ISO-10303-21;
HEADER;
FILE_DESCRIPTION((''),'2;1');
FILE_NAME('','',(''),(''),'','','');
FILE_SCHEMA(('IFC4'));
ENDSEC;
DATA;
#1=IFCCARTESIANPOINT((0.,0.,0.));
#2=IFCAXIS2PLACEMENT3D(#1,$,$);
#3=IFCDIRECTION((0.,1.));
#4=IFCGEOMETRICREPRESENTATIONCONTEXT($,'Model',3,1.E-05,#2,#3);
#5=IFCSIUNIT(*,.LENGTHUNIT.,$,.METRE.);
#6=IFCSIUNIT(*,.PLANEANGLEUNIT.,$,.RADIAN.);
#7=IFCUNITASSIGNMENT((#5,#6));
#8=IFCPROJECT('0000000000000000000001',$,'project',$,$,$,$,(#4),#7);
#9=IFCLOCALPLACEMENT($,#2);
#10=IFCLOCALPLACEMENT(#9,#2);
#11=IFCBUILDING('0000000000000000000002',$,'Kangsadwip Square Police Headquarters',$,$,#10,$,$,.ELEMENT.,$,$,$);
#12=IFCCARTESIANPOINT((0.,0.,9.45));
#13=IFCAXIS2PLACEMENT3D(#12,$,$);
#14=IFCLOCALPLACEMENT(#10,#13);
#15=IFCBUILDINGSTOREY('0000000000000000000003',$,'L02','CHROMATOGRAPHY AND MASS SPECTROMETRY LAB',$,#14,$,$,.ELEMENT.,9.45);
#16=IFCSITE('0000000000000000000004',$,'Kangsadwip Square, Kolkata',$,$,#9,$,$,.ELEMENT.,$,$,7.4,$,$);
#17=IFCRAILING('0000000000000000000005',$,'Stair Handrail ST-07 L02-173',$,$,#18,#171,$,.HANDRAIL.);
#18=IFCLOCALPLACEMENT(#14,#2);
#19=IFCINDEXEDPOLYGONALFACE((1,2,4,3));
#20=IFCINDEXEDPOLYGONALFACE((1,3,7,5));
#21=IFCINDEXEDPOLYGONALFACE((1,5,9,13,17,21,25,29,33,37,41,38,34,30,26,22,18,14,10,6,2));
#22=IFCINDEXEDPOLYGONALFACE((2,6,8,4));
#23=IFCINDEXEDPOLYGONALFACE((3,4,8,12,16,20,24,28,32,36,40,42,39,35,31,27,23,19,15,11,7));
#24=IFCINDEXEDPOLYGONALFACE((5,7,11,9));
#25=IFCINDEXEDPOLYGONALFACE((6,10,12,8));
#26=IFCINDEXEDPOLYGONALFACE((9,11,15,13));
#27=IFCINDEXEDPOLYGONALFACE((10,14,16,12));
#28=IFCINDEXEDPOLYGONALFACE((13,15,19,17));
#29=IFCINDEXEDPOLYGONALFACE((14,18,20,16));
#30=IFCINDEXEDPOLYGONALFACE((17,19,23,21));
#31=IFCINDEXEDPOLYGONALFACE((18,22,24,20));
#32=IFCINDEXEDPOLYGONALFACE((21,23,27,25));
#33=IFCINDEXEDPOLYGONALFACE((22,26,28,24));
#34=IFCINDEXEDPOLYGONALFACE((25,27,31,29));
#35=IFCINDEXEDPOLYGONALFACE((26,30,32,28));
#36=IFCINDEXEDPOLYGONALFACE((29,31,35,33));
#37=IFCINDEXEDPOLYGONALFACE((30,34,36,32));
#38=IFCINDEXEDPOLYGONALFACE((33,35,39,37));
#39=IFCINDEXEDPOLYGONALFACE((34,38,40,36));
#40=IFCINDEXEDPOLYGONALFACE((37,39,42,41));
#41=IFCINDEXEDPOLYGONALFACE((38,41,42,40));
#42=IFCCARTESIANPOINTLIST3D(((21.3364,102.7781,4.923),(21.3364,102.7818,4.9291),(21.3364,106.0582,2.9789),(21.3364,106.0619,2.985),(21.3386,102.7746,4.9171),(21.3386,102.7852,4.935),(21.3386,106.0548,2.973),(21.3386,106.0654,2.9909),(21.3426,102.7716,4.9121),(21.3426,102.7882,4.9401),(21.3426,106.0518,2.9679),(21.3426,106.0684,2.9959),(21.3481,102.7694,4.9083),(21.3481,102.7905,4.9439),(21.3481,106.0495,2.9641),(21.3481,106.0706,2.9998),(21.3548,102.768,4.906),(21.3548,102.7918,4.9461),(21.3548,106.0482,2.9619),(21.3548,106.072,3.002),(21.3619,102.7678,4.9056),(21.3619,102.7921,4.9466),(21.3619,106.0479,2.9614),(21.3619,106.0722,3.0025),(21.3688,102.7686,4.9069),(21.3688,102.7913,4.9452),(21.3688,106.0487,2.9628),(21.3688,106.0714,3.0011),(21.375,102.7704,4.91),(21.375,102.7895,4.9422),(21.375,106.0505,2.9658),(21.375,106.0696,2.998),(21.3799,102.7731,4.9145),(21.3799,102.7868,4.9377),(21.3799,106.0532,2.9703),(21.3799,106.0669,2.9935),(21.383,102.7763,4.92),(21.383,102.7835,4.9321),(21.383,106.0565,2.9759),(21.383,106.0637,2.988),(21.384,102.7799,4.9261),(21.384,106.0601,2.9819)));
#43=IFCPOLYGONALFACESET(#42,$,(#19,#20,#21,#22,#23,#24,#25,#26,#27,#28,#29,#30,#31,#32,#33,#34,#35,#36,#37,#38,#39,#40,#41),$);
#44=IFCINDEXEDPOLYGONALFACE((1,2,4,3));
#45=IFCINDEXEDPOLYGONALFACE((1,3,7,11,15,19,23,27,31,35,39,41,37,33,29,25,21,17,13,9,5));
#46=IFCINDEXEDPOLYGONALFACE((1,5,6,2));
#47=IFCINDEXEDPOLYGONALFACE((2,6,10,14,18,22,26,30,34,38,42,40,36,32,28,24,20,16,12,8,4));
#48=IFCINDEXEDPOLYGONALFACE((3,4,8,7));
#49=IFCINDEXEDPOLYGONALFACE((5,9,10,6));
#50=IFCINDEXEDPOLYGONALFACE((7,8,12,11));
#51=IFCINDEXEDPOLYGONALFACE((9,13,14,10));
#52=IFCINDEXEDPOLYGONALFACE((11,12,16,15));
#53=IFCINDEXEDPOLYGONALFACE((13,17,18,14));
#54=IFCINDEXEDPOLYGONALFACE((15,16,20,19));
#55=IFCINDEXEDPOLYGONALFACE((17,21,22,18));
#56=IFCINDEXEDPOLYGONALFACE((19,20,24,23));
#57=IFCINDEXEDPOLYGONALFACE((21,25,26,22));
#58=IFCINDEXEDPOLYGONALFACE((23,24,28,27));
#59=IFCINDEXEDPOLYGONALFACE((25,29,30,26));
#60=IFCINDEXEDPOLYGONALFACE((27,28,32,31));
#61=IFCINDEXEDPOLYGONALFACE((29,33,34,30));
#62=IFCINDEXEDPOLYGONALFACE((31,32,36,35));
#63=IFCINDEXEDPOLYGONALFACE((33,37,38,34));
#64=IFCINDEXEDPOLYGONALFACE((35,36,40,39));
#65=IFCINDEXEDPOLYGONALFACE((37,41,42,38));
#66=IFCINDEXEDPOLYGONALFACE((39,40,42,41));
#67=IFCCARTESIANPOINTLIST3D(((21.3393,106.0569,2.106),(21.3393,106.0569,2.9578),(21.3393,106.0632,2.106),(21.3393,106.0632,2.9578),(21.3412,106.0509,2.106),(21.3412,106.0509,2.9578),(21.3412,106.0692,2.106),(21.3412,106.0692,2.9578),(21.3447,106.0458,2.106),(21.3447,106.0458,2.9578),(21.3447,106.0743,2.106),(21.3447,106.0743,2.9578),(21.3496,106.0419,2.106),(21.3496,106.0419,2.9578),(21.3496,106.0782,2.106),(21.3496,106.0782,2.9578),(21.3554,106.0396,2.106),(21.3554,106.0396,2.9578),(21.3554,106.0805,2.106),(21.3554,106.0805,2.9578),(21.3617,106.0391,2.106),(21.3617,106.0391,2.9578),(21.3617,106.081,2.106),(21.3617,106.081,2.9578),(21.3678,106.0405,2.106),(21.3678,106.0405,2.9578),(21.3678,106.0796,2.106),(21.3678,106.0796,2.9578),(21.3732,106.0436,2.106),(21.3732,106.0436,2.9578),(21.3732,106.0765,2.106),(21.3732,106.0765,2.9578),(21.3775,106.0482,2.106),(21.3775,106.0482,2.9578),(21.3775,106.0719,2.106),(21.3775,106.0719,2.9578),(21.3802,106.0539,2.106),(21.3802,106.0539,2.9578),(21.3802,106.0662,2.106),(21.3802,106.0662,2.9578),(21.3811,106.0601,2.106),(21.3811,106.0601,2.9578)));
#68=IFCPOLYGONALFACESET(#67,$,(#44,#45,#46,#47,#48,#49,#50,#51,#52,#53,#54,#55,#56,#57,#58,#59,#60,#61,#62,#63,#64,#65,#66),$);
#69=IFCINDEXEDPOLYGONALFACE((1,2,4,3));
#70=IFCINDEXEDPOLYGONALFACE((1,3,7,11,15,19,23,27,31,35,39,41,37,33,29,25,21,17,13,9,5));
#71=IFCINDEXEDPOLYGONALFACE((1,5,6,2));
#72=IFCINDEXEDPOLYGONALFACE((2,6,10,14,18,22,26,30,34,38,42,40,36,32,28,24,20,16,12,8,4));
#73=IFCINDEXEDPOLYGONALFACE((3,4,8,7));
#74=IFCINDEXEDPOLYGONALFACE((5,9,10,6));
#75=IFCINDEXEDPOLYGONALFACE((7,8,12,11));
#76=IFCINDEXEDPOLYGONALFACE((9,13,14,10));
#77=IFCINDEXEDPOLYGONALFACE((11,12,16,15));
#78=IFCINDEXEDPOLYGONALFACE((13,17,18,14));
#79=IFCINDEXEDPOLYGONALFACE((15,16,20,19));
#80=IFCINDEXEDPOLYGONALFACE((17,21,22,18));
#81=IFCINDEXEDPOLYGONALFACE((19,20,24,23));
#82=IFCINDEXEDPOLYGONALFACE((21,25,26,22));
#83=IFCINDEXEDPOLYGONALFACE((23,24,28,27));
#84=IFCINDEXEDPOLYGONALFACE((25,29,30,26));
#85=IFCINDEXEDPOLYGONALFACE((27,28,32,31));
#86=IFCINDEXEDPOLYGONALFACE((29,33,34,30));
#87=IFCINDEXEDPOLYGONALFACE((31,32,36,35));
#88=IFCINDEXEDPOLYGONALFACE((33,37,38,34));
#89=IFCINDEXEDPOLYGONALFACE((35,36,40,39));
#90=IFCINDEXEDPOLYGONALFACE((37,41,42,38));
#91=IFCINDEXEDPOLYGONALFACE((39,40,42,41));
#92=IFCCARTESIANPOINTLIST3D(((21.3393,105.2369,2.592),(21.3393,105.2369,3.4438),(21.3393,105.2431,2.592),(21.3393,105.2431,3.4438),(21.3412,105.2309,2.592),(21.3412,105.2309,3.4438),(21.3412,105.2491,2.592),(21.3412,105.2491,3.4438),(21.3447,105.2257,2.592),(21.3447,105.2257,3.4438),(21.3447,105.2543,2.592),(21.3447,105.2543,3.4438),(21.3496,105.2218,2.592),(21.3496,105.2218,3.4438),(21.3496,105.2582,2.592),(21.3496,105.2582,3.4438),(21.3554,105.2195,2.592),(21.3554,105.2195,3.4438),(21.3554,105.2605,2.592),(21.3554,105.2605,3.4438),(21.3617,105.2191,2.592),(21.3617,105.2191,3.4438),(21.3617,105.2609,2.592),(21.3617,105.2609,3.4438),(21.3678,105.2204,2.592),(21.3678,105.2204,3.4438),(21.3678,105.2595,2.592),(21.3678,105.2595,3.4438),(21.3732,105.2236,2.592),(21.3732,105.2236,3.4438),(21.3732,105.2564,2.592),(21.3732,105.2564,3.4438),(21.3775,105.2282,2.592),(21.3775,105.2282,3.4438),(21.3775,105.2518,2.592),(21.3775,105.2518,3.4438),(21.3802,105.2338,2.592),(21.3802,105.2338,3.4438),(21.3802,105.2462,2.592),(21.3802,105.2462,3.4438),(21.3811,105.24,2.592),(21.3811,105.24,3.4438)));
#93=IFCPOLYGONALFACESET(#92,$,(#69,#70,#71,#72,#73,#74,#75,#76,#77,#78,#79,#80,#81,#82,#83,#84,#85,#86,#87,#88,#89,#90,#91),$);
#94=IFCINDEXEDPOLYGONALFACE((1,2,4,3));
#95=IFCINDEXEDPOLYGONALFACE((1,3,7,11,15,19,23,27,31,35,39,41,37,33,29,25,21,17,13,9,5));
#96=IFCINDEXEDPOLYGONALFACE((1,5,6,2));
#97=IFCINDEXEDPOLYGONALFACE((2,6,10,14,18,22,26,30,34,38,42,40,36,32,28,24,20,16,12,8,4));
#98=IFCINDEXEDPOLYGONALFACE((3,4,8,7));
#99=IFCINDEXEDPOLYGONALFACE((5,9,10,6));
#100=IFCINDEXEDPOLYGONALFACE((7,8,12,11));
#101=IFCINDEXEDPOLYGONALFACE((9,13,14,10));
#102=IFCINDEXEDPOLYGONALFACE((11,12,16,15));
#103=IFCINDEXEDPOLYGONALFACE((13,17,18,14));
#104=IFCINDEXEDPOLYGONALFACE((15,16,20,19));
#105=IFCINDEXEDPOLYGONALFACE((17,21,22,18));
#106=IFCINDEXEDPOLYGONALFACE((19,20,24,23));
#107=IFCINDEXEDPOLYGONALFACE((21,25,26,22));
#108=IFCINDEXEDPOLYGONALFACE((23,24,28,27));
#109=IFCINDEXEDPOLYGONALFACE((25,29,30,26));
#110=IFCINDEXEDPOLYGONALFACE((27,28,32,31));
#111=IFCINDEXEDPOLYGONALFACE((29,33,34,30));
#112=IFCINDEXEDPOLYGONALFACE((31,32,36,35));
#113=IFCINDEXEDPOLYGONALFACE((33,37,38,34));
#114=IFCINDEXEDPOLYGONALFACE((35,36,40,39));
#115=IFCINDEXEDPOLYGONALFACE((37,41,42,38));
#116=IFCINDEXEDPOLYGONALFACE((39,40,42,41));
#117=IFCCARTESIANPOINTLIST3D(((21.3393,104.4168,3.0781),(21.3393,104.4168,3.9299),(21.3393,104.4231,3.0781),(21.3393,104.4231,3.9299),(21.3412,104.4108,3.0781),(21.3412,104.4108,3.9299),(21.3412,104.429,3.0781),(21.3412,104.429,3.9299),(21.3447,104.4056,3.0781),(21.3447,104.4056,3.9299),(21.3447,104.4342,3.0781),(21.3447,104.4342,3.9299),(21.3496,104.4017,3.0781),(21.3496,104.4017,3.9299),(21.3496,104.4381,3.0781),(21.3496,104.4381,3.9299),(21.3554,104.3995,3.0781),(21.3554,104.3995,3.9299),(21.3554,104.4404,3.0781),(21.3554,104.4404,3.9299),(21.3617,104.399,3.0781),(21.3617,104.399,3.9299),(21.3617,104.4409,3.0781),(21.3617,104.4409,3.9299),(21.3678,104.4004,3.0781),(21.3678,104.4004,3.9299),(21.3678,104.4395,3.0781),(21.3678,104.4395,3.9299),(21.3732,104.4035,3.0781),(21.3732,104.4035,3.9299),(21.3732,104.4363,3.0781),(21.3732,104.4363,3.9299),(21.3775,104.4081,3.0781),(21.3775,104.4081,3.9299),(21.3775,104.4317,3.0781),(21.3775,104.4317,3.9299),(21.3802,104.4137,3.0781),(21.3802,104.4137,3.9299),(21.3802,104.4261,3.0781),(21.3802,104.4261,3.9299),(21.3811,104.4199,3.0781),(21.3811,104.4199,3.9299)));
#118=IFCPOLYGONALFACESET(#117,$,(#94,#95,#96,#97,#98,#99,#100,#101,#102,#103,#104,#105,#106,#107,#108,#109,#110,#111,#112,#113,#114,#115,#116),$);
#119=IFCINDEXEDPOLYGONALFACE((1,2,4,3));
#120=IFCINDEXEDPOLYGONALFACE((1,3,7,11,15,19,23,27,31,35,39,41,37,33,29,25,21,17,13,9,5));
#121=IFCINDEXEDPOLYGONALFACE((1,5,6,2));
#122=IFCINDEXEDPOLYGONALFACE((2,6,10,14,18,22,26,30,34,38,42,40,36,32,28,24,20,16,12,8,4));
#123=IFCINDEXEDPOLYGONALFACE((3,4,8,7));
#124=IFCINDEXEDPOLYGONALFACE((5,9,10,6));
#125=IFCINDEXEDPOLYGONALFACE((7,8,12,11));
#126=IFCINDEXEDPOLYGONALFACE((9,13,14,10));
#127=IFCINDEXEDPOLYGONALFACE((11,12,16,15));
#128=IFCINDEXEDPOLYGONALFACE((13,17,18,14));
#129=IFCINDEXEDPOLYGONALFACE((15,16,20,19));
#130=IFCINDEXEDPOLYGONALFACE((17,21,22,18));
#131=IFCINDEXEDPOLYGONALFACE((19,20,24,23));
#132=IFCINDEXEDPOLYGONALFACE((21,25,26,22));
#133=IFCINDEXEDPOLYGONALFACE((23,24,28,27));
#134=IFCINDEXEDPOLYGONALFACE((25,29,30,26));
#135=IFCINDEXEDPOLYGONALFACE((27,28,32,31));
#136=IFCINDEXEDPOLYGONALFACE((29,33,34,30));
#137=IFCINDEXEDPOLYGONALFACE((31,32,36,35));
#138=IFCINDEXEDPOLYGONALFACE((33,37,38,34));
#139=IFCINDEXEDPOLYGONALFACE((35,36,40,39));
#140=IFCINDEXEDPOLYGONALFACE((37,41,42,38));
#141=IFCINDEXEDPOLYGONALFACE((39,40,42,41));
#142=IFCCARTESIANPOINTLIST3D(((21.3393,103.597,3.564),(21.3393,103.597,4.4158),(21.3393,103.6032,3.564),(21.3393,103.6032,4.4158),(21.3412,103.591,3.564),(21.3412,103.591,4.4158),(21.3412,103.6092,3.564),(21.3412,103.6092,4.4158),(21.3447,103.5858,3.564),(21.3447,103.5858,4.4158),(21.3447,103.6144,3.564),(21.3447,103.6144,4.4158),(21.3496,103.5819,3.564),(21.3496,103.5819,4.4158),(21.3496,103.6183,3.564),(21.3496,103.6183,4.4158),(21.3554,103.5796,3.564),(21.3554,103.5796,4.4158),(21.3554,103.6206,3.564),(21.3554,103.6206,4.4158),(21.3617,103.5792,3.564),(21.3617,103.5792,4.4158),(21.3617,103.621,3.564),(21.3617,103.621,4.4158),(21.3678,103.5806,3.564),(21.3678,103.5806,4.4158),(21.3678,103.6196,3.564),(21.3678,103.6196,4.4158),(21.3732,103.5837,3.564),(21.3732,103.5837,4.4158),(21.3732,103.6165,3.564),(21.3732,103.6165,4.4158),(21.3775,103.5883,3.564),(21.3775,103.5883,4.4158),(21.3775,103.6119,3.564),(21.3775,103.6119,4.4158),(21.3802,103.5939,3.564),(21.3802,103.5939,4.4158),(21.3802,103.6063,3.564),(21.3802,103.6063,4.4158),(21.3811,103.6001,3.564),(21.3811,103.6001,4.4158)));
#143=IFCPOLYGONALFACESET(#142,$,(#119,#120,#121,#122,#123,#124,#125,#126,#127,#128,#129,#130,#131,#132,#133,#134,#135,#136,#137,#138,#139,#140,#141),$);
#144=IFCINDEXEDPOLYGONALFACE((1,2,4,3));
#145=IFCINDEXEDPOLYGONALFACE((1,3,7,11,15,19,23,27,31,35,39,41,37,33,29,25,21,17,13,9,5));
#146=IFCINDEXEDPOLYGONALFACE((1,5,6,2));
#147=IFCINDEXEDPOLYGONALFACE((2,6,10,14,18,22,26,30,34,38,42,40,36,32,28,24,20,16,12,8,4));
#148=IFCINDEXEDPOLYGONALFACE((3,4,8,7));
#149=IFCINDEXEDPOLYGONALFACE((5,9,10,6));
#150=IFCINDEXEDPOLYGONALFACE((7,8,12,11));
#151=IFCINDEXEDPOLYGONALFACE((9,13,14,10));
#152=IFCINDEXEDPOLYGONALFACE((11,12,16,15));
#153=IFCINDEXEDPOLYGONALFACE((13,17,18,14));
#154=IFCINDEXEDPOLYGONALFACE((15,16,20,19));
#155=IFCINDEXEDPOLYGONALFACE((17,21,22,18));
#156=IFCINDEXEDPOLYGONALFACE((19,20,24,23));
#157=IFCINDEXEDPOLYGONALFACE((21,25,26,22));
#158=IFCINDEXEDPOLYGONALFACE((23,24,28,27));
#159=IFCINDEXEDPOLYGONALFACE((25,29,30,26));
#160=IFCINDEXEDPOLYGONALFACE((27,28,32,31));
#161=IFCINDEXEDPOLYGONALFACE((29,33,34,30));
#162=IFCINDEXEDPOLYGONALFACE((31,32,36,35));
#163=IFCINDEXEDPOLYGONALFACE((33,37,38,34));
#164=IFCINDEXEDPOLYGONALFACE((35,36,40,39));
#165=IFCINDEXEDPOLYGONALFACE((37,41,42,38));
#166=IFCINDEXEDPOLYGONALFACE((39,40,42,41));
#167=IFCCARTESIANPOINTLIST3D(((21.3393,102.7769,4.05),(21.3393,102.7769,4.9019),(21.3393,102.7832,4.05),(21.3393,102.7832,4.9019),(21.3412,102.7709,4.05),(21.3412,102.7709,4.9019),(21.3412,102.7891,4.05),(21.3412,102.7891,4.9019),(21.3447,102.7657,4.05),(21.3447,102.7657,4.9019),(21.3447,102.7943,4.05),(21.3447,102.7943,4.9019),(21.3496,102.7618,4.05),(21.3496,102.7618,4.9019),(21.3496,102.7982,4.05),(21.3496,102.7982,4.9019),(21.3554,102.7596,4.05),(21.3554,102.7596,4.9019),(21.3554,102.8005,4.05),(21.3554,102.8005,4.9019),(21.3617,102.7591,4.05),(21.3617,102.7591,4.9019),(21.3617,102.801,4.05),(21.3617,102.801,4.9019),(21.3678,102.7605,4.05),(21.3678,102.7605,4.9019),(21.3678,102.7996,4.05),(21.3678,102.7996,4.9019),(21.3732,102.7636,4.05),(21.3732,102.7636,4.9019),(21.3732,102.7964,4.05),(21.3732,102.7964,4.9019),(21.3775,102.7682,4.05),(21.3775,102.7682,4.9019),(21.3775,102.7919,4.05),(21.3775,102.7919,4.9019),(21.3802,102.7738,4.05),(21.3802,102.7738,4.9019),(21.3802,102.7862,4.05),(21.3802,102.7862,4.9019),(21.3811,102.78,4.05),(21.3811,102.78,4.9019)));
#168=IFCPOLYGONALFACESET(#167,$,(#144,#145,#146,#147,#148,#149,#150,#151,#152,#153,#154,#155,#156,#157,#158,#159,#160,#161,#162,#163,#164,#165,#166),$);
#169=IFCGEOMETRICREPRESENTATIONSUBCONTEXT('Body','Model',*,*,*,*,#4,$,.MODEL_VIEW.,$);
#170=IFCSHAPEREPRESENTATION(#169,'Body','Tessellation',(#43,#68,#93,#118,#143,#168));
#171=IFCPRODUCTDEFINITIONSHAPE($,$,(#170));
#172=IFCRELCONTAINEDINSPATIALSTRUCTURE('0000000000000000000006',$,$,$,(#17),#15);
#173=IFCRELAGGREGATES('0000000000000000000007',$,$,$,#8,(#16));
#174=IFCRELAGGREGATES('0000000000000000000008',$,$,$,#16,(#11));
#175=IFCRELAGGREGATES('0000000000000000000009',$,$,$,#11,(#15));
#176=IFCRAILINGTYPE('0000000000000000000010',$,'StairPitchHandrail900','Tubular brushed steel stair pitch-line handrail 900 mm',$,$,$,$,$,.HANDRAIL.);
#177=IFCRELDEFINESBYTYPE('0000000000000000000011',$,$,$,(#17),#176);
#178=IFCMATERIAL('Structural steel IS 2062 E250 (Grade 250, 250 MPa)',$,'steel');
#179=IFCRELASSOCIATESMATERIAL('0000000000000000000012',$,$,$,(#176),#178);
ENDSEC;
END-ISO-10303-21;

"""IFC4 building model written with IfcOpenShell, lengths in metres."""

from ifc_helpers import new_model, si_unit, direction, frame, origin, origin_2d, place, context, subcontext, project, spatial, circle, extrude, material, type_object, element, save


model = new_model("IFC4")

# Units and contexts
model_context = context("Model", 3, precision=1e-05, world=origin(), true_north=direction((0.0, 1.0)))
body_context = subcontext(model_context, "Body", "Model", "MODEL_VIEW")
ifc_project = project(units=[si_unit("LENGTHUNIT", "METRE"), si_unit("PLANEANGLEUNIT", "RADIAN")], contexts=[model_context])

# Site, building, storey
site_placement = place(None, origin())
site = spatial("IfcSite", under=ifc_project, at=site_placement, Name="Kangsadwip Square, Kolkata", CompositionType="ELEMENT", RefElevation=7.4)
building_placement = place(site_placement, origin())
building = spatial("IfcBuilding", under=site, at=building_placement, Name="Kangsadwip Square Police Headquarters", CompositionType="ELEMENT")
storey_placement = place(building_placement, frame((0.0, 0.0, 9.45)))
storey = spatial("IfcBuildingStorey", under=building, at=storey_placement, Name="L02", Description="CHROMATOGRAPHY AND MASS SPECTROMETRY LAB", CompositionType="ELEMENT", Elevation=9.45)

# Railing
ifc_material_1 = material(Name="Structural steel IS 2062 E250 (Grade 250, 250 MPa)", Category="steel")
railing_type_1 = type_object("IfcRailingType", Name="StairPitchHandrail900", Description="Tubular brushed steel stair pitch-line handrail 900 mm", PredefinedType="HANDRAIL", material=ifc_material_1)
railing_1_placement = place(storey_placement, frame((21.3601, 106.0601, 2.106)))
element("IfcRailing", 1, at=railing_1_placement, inside=storey, type_object=railing_type_1, Name="Stair Handrail ST-07 L02-173", PredefinedType="HANDRAIL", context=body_context, shape_type="SweptSolid", body=[
    extrude(circle(Radius=0.0239, at=origin_2d()), frame((0.0, 0.0, 0.876), z_axis=(0.0, -0.860249, 0.509874), x_axis=(1.0, 0.0, 0.0)), (0.0, 0.0, 1.0), 3.813),
    extrude(circle(Radius=0.021, at=origin_2d()), origin(), (0.0, 0.0, 1.0), 0.8518),
    extrude(circle(Radius=0.021, at=origin_2d()), frame((0.0, -0.8201, 0.4861)), (0.0, 0.0, 1.0), 0.8518),
    extrude(circle(Radius=0.021, at=origin_2d()), frame((0.0, -1.6401, 0.9722)), (0.0, 0.0, 1.0), 0.8518),
    extrude(circle(Radius=0.021, at=origin_2d()), frame((0.0, -2.46, 1.458)), (0.0, 0.0, 1.0), 0.8518),
    extrude(circle(Radius=0.021, at=origin_2d()), frame((0.0, -3.28, 1.9441)), (0.0, 0.0, 1.0), 0.8518),
])

save(model, "model.ifc")
